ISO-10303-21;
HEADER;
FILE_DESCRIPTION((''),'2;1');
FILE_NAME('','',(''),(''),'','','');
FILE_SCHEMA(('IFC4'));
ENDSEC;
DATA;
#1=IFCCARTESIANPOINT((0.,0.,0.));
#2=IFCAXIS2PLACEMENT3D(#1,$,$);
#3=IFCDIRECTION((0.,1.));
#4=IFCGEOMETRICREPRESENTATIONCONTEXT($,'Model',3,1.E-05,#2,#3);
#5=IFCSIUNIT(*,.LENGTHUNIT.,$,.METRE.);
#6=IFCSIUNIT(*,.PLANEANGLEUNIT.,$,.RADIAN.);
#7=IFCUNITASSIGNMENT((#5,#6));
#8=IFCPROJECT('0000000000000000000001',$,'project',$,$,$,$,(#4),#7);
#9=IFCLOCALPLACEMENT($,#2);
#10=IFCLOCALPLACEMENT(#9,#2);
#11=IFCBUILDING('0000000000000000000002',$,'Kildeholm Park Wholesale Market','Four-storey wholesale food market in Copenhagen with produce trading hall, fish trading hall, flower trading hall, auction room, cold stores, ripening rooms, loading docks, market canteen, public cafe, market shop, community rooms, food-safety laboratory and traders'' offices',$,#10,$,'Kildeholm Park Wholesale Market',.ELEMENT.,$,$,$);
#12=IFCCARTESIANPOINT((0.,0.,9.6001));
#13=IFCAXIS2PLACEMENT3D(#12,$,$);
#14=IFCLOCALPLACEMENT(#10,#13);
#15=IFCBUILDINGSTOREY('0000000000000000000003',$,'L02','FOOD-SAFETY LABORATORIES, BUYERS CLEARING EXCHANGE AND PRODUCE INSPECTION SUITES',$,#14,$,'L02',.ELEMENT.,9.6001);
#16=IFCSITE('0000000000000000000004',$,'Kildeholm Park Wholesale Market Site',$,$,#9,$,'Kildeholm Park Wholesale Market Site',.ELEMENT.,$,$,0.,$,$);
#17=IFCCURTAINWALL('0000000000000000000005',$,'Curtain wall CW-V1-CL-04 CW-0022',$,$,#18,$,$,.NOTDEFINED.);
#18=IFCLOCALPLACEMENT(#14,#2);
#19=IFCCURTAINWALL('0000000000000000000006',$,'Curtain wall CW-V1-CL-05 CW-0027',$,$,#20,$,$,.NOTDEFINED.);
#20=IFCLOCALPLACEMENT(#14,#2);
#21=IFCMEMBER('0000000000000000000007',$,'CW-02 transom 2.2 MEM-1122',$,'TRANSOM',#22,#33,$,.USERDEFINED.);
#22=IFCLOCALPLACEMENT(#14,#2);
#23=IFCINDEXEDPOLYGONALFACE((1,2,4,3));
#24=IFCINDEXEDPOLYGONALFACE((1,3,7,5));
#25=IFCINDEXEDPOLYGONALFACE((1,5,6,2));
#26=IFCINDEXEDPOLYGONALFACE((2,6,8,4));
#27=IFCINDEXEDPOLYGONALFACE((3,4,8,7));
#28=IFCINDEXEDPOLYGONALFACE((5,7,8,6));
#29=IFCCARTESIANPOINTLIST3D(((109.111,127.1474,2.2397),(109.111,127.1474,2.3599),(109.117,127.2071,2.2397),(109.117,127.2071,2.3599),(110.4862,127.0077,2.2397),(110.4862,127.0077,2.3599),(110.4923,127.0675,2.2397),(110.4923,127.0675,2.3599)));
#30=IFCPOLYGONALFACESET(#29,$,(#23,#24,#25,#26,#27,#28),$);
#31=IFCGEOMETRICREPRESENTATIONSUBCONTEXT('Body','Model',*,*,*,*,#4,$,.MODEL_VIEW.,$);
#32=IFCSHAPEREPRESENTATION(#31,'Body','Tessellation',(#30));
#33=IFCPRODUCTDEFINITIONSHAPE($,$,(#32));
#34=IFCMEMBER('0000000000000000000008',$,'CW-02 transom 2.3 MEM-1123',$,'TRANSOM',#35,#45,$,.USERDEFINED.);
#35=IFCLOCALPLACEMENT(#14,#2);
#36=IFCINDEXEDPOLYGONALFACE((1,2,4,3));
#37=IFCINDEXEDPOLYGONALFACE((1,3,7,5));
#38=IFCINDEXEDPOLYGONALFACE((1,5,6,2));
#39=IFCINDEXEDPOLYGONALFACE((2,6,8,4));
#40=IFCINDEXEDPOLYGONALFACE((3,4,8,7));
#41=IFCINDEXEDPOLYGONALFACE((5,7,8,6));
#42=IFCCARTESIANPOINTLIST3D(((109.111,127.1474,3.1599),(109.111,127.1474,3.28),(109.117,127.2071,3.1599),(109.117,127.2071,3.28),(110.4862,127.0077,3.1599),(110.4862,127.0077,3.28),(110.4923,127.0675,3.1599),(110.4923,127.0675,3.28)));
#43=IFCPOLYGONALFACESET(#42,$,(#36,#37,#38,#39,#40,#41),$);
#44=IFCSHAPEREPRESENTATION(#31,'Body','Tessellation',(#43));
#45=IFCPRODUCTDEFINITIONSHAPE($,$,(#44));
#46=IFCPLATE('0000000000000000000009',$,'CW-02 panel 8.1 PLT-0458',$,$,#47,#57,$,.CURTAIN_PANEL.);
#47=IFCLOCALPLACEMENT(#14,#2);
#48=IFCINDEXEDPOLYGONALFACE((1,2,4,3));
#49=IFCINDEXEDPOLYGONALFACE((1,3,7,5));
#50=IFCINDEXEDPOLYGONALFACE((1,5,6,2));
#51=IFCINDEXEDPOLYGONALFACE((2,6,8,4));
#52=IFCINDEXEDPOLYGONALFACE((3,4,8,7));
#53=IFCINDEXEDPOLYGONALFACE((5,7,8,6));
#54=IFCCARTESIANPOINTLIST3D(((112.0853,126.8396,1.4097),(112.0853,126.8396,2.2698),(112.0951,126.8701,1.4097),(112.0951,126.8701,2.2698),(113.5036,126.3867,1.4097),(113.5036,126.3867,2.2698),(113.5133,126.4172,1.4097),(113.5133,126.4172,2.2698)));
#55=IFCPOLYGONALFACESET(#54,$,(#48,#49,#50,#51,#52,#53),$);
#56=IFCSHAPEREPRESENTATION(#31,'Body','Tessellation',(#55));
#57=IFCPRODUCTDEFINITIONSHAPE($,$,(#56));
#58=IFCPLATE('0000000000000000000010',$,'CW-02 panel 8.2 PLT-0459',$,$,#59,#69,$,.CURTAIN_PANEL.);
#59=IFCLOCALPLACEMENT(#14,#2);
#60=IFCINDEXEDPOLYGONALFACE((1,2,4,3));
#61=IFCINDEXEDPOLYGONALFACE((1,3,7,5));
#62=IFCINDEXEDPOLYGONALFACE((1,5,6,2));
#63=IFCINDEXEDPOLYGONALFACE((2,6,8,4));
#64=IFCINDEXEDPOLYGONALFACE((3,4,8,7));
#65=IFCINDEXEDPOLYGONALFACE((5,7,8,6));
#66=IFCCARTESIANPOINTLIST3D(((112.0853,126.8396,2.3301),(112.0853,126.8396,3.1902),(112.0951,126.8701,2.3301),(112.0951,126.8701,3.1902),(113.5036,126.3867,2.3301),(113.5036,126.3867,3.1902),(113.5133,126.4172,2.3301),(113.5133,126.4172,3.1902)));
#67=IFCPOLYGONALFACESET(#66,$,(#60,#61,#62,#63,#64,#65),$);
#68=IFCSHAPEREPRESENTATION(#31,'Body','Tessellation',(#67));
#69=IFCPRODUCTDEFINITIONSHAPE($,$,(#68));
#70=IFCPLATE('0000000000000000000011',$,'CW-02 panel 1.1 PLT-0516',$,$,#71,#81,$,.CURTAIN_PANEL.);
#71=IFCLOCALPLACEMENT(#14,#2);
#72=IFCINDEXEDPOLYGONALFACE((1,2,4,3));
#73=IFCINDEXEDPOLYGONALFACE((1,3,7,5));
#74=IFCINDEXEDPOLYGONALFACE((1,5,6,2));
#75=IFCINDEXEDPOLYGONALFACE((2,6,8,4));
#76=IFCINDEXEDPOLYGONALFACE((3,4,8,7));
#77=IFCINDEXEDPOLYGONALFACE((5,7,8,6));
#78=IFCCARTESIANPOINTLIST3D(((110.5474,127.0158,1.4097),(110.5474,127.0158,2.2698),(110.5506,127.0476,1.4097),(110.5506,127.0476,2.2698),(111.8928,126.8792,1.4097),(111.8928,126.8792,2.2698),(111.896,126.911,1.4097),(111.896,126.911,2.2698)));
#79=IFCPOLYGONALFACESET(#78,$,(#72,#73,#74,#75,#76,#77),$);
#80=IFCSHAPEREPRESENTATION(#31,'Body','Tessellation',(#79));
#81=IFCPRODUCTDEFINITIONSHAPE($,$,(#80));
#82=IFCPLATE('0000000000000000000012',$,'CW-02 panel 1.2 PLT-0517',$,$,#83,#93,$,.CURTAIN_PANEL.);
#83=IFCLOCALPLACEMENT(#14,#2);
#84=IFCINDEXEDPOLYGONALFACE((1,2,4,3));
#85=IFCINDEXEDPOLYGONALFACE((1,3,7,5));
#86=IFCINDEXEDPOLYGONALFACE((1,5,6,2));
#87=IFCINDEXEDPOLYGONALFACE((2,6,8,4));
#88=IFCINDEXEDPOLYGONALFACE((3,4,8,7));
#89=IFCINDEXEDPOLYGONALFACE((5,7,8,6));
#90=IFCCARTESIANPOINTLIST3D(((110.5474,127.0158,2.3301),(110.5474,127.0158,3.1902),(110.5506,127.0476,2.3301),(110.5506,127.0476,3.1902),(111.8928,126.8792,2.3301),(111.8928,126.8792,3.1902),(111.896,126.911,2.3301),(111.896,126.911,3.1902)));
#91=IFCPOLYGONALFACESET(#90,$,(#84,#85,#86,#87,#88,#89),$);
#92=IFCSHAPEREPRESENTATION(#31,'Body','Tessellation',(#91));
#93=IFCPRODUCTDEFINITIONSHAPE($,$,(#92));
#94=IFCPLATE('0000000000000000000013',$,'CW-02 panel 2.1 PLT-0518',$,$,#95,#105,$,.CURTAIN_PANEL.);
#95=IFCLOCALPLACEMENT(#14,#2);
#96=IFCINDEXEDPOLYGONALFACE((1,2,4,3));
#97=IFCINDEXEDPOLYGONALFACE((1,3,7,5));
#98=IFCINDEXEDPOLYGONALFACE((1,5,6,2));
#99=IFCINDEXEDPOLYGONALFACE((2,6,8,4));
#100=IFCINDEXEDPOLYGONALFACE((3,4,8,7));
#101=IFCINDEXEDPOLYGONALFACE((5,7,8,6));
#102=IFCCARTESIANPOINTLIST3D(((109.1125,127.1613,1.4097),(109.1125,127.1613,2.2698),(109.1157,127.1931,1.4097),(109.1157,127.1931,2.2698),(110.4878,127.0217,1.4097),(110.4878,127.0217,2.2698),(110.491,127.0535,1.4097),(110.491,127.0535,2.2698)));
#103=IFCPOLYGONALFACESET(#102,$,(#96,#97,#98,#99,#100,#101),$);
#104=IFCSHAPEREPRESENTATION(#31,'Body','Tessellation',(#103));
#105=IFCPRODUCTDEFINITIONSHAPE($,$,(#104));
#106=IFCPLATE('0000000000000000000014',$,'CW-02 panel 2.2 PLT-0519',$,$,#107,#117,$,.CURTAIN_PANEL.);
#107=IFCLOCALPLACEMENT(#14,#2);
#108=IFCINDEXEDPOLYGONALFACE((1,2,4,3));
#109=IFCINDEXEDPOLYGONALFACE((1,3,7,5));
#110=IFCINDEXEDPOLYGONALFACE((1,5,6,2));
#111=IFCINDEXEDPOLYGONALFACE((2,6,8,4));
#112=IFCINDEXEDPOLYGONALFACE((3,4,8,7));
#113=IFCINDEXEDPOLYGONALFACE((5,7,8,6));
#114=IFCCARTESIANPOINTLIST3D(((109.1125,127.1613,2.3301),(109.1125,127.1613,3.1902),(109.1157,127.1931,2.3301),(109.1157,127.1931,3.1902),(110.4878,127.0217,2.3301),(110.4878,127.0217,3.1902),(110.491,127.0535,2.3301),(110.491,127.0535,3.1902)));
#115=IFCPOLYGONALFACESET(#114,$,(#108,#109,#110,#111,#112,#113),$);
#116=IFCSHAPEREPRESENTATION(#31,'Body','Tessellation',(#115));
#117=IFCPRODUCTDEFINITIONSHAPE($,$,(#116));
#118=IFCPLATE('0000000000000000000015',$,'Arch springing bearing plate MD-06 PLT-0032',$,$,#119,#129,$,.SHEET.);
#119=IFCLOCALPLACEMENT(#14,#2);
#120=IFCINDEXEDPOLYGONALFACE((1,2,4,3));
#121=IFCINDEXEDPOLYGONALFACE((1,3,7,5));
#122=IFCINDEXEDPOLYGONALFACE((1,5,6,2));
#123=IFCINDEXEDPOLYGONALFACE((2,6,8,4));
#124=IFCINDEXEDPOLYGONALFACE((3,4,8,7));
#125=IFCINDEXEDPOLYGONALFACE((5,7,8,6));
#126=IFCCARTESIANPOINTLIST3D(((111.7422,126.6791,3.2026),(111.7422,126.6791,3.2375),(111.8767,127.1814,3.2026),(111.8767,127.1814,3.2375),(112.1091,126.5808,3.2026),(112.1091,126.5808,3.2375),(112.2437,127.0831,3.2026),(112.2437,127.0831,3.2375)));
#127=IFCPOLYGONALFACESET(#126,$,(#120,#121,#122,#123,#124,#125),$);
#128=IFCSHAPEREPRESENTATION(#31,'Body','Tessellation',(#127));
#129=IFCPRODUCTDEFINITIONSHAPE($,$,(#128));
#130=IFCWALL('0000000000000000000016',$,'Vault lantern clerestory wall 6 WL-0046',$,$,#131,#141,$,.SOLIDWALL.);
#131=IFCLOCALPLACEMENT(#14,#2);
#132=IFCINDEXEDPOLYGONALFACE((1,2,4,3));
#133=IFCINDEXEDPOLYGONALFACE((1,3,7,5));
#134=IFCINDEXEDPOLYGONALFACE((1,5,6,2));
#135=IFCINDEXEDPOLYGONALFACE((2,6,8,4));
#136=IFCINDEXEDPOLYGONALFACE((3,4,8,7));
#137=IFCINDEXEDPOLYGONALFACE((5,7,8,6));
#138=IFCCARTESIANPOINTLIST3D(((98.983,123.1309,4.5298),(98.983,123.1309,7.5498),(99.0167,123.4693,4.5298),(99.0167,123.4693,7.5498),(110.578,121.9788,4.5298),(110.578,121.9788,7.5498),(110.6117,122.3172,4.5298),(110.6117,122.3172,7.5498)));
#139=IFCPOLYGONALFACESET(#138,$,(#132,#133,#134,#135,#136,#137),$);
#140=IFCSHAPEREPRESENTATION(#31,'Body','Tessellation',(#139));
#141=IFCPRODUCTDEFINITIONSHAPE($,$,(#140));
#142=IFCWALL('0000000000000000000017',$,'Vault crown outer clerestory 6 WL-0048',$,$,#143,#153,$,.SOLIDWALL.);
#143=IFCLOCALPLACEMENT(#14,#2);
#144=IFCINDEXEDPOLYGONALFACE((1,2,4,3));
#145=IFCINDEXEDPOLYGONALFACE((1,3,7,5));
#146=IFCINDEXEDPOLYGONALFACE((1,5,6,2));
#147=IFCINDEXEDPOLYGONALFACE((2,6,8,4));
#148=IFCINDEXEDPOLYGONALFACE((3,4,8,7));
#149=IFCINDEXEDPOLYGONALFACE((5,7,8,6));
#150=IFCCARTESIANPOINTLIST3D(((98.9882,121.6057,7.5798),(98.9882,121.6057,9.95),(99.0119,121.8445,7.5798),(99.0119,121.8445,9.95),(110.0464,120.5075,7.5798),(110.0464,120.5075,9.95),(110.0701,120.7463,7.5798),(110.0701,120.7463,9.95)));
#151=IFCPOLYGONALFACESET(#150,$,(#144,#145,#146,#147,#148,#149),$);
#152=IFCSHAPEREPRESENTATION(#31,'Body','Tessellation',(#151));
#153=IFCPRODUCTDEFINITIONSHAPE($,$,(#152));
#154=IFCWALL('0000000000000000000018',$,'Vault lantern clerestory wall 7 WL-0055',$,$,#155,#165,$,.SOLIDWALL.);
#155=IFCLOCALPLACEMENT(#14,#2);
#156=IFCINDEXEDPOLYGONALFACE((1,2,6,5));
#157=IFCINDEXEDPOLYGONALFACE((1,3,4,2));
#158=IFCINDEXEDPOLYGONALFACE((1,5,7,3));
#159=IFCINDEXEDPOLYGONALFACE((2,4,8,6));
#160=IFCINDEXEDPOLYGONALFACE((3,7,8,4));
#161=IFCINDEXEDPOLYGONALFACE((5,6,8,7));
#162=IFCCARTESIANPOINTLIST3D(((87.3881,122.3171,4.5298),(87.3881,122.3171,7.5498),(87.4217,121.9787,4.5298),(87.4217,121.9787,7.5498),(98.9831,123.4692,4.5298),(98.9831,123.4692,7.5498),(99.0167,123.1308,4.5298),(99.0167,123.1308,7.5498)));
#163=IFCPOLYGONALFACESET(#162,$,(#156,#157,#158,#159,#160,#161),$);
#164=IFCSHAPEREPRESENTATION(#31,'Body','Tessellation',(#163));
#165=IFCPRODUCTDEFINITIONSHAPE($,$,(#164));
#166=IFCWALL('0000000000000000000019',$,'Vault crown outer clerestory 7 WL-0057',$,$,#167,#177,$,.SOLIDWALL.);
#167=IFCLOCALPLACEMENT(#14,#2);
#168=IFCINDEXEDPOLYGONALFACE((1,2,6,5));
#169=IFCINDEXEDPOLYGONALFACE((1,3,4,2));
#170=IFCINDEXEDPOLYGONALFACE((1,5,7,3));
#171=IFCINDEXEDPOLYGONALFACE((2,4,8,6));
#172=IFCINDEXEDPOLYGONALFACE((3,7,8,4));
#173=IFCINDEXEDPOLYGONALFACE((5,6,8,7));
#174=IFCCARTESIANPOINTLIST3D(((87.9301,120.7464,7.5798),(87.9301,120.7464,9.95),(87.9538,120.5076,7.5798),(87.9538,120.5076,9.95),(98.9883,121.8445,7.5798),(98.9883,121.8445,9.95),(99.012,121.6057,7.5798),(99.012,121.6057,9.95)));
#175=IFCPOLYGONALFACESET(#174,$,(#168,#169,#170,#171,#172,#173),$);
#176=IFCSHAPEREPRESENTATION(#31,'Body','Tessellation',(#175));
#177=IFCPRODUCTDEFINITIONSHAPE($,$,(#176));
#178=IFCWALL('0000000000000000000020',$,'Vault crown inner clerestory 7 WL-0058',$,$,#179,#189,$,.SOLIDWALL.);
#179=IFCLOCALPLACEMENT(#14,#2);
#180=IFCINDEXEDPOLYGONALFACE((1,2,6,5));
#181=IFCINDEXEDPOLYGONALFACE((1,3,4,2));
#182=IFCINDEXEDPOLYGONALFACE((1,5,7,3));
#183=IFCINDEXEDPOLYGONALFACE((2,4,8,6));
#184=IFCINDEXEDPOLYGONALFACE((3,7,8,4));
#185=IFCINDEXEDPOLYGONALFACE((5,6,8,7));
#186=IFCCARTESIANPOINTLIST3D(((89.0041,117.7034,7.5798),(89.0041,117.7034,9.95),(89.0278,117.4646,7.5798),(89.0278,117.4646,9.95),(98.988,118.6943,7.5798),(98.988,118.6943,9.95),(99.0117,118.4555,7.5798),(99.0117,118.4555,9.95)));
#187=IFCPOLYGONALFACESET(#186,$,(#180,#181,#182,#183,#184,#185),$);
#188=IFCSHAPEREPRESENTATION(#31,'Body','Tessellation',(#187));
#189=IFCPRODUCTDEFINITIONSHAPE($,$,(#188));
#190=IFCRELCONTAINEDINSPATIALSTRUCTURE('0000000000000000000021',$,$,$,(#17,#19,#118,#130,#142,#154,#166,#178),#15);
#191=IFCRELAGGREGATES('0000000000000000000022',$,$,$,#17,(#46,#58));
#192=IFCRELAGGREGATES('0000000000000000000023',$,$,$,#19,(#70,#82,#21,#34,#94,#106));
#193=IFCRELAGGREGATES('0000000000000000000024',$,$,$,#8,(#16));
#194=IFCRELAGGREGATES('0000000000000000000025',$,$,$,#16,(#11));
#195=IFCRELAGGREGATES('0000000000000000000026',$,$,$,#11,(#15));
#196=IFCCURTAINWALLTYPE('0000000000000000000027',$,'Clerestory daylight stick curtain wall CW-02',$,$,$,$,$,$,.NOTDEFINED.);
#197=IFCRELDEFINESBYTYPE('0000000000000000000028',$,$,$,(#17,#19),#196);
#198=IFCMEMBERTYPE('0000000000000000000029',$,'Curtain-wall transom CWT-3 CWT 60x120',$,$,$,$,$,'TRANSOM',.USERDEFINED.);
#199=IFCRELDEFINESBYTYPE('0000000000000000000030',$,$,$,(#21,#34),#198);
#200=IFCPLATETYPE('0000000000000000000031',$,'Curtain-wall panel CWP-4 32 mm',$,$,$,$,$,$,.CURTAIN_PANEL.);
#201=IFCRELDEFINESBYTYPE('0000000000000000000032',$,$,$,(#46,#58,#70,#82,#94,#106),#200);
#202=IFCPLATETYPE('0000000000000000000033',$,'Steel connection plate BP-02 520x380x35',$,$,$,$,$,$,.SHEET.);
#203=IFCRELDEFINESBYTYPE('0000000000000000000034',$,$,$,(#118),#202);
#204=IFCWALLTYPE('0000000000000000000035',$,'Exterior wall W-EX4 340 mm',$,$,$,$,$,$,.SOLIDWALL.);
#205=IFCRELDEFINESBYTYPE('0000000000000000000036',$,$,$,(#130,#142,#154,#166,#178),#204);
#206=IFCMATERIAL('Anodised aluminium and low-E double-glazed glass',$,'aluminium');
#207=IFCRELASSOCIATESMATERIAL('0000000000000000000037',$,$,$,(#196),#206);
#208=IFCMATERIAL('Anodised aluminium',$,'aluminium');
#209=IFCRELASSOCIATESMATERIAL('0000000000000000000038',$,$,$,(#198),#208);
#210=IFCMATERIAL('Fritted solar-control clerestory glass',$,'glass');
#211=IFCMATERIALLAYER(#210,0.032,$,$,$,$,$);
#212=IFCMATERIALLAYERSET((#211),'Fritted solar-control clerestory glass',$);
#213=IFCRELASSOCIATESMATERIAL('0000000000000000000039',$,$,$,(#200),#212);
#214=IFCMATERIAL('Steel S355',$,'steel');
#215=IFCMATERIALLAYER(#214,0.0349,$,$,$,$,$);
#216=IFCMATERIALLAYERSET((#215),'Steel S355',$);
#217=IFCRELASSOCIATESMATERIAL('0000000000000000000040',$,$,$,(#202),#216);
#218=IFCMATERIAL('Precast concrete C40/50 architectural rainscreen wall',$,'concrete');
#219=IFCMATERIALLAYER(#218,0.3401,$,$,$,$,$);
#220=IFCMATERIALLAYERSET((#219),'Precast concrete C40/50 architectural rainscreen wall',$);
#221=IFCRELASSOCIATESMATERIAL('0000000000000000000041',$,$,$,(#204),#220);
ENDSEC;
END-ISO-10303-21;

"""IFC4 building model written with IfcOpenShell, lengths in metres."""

from ifc_helpers import new_model, si_unit, direction, frame, frame_2d, origin, origin_2d, place, context, subcontext, project, spatial, rectangle, extrude, material, layer, layer_set, material_profile, profile_set, type_object, element, aggregate, save


model = new_model("IFC4")

# Units and contexts
model_context = context("Model", 3, precision=1e-05, world=origin(), true_north=direction((0.0, 1.0)))
body_context = subcontext(model_context, "Body", "Model", "MODEL_VIEW")
ifc_project = project(units=[si_unit("LENGTHUNIT", "METRE"), si_unit("PLANEANGLEUNIT", "RADIAN")], contexts=[model_context])

# Site, building, storey
site_placement = place(None, origin())
site = spatial("IfcSite", under=ifc_project, at=site_placement, Name="Kildeholm Park Wholesale Market Site", LongName="Kildeholm Park Wholesale Market Site", CompositionType="ELEMENT", RefElevation=0.0)
building_placement = place(site_placement, origin())
building = spatial("IfcBuilding", under=site, at=building_placement, Name="Kildeholm Park Wholesale Market", Description="Four-storey wholesale food market in Copenhagen with produce trading hall, fish trading hall, flower trading hall, auction room, cold stores, ripening rooms, loading docks, market canteen, public cafe, market shop, community rooms, food-safety laboratory and traders' offices", LongName="Kildeholm Park Wholesale Market", CompositionType="ELEMENT")
storey_placement = place(building_placement, frame((0.0, 0.0, 9.6001)))
storey = spatial("IfcBuildingStorey", under=building, at=storey_placement, Name="L02", Description="FOOD-SAFETY LABORATORIES, BUYERS CLEARING EXCHANGE AND PRODUCE INSPECTION SUITES", LongName="L02", CompositionType="ELEMENT", Elevation=9.6001)

# Shared definitions
ifc_material_1 = material(Name="Steel S355", Category="steel")

# Curtain wall
ifc_material_2 = material(Name="Anodised aluminium and low-E double-glazed glass", Category="aluminium")
curtain_wall_type = type_object("IfcCurtainWallType", Name="Clerestory daylight stick curtain wall CW-02", PredefinedType="NOTDEFINED", material=ifc_material_2)
curtain_wall_1_placement = place(storey_placement, origin())
curtain_wall_1 = element("IfcCurtainWall", 1, at=curtain_wall_1_placement, inside=storey, type_object=curtain_wall_type, Name="Curtain wall CW-V1-CL-04 CW-0022", PredefinedType="NOTDEFINED")
ifc_material_3 = material(Name="Anodised aluminium", Category="aluminium")

# Curtain wall
curtain_wall_2_placement = place(storey_placement, origin())
curtain_wall_2 = element("IfcCurtainWall", 2, at=curtain_wall_2_placement, inside=storey, type_object=curtain_wall_type, Name="Curtain wall CW-V1-CL-05 CW-0027", PredefinedType="NOTDEFINED")

# Members
ifc_material_profile_1 = material_profile(ifc_material_3, rectangle(XDim=0.0601, YDim=0.1201, at=origin_2d()), Name="CWT 60x120")
ifc_profile_set_1 = profile_set([ifc_material_profile_1], Name="Anodised aluminium")
member_type_1 = type_object("IfcMemberType", Name="Curtain-wall transom CWT-3 CWT 60x120", ElementType="TRANSOM", PredefinedType="USERDEFINED", material=ifc_profile_set_1)
member_1_placement = place(storey_placement, frame((110.4893, 127.0376, 2.2998), z_axis=(-0.994884, 0.101025, 0.0), x_axis=(-0.101025, -0.994884, 0.0)))
member_1 = element("IfcMember", 3, at=member_1_placement, type_object=member_type_1, Name="CW-02 transom 2.2 MEM-1122", ObjectType="TRANSOM", PredefinedType="USERDEFINED", context=body_context, shape_type="SweptSolid", body=[
    extrude(rectangle(XDim=0.0601, YDim=0.1201, at=origin_2d()), origin(), (0.0, 0.0, 1.0), 1.3823),
])
member_2_placement = place(storey_placement, frame((110.4893, 127.0376, 3.22), z_axis=(-0.994884, 0.101025, 0.0), x_axis=(-0.101025, -0.994884, 0.0)))
member_2 = element("IfcMember", 4, at=member_2_placement, type_object=member_type_1, Name="CW-02 transom 2.3 MEM-1123", ObjectType="TRANSOM", PredefinedType="USERDEFINED", context=body_context, shape_type="SweptSolid", body=[
    extrude(rectangle(XDim=0.0601, YDim=0.1201, at=origin_2d()), origin(), (0.0, 0.0, 1.0), 1.3823),
])

# Plates
ifc_material_4 = material(Name="Fritted solar-control clerestory glass", Category="glass")
ifc_layer_1 = layer(ifc_material_4, 0.032)
ifc_layer_set_1 = layer_set([ifc_layer_1], Name="Fritted solar-control clerestory glass")
plate_type_1 = type_object("IfcPlateType", Name="Curtain-wall panel CWP-4 32 mm", PredefinedType="CURTAIN_PANEL", material=ifc_layer_set_1)
plate_1_placement = place(storey_placement, frame((112.7993, 126.6284, 1.4097), z_axis=(0.0, 0.0, 1.0), x_axis=(-0.952606, 0.304207, 0.0)))
plate_1 = element("IfcPlate", 5, at=plate_1_placement, type_object=plate_type_1, Name="CW-02 panel 8.1 PLT-0458", PredefinedType="CURTAIN_PANEL", context=body_context, shape_type="SweptSolid", body=[
    extrude(rectangle(XDim=1.4888, YDim=0.032, at=origin_2d()), origin(), (0.0, 0.0, 1.0), 0.8601),
])
plate_2_placement = place(storey_placement, frame((112.7993, 126.6284, 2.3301), z_axis=(0.0, 0.0, 1.0), x_axis=(-0.952606, 0.304207, 0.0)))
plate_2 = element("IfcPlate", 6, at=plate_2_placement, type_object=plate_type_1, Name="CW-02 panel 8.2 PLT-0459", PredefinedType="CURTAIN_PANEL", context=body_context, shape_type="SweptSolid", body=[
    extrude(rectangle(XDim=1.4888, YDim=0.032, at=origin_2d()), origin(), (0.0, 0.0, 1.0), 0.8601),
])
aggregate(curtain_wall_1, [plate_1, plate_2])
plate_3_placement = place(storey_placement, frame((111.2217, 126.9634, 1.4097), z_axis=(0.0, 0.0, 1.0), x_axis=(-0.994887, 0.100999, 0.0)))
plate_3 = element("IfcPlate", 7, at=plate_3_placement, type_object=plate_type_1, Name="CW-02 panel 1.1 PLT-0516", PredefinedType="CURTAIN_PANEL", context=body_context, shape_type="SweptSolid", body=[
    extrude(rectangle(XDim=1.3523, YDim=0.032, at=origin_2d()), origin(), (0.0, 0.0, 1.0), 0.8601),
])
plate_4_placement = place(storey_placement, frame((111.2217, 126.9634, 2.3301), z_axis=(0.0, 0.0, 1.0), x_axis=(-0.994887, 0.100999, 0.0)))
plate_4 = element("IfcPlate", 8, at=plate_4_placement, type_object=plate_type_1, Name="CW-02 panel 1.2 PLT-0517", PredefinedType="CURTAIN_PANEL", context=body_context, shape_type="SweptSolid", body=[
    extrude(rectangle(XDim=1.3523, YDim=0.032, at=origin_2d()), origin(), (0.0, 0.0, 1.0), 0.8601),
])
plate_5_placement = place(storey_placement, frame((109.8018, 127.1074, 1.4097), z_axis=(0.0, 0.0, 1.0), x_axis=(-0.994887, 0.100999, 0.0)))
plate_5 = element("IfcPlate", 9, at=plate_5_placement, type_object=plate_type_1, Name="CW-02 panel 2.1 PLT-0518", PredefinedType="CURTAIN_PANEL", context=body_context, shape_type="SweptSolid", body=[
    extrude(rectangle(XDim=1.3823, YDim=0.032, at=origin_2d()), origin(), (0.0, 0.0, 1.0), 0.8601),
])
plate_6_placement = place(storey_placement, frame((109.8018, 127.1074, 2.3301), z_axis=(0.0, 0.0, 1.0), x_axis=(-0.994887, 0.100999, 0.0)))
plate_6 = element("IfcPlate", 10, at=plate_6_placement, type_object=plate_type_1, Name="CW-02 panel 2.2 PLT-0519", PredefinedType="CURTAIN_PANEL", context=body_context, shape_type="SweptSolid", body=[
    extrude(rectangle(XDim=1.3823, YDim=0.032, at=origin_2d()), origin(), (0.0, 0.0, 1.0), 0.8601),
])
aggregate(curtain_wall_2, [plate_3, plate_4, member_1, member_2, plate_5, plate_6])
ifc_layer_2 = layer(ifc_material_1, 0.0349)
ifc_layer_set_2 = layer_set([ifc_layer_2], Name="Steel S355")
plate_type_2 = type_object("IfcPlateType", Name="Steel connection plate BP-02 520x380x35", PredefinedType="SHEET", material=ifc_layer_set_2)
plate_7_placement = place(storey_placement, frame((111.9929, 126.8811, 3.2026), z_axis=(0.0, 0.0, 1.0), x_axis=(0.258819, 0.965926, 0.0)))
element("IfcPlate", 11, at=plate_7_placement, inside=storey, type_object=plate_type_2, Name="Arch springing bearing plate MD-06 PLT-0032", PredefinedType="SHEET", context=body_context, shape_type="SweptSolid", body=[
    extrude(rectangle(XDim=0.52, YDim=0.3799, at=origin_2d()), origin(), (0.0, 0.0, 1.0), 0.0349),
])

# Walls
ifc_material_5 = material(Name="Precast concrete C40/50 architectural rainscreen wall", Category="concrete")
ifc_layer_3 = layer(ifc_material_5, 0.3401)
ifc_layer_set_3 = layer_set([ifc_layer_3], Name="Precast concrete C40/50 architectural rainscreen wall")
wall_type = type_object("IfcWallType", Name="Exterior wall W-EX4 340 mm", PredefinedType="SOLIDWALL", material=ifc_layer_set_3)
wall_1_placement = place(storey_placement, frame((110.595, 122.1479, 4.5298), z_axis=(0.0, 0.0, 1.0), x_axis=(-0.9951, 0.098875, 0.0)))
element("IfcWall", 12, at=wall_1_placement, inside=storey, type_object=wall_type, Name="Vault lantern clerestory wall 6 WL-0046", PredefinedType="SOLIDWALL", context=body_context, shape_type="SweptSolid", body=[
    extrude(rectangle(XDim=11.6521, YDim=0.3401, at=frame_2d((5.8262, 0.0))), origin(), (0.0, 0.0, 1.0), 3.02),
])
wall_2_placement = place(storey_placement, frame((110.0581, 120.627, 7.5798), z_axis=(0.0, 0.0, 1.0), x_axis=(-0.995105, 0.098821, 0.0)))
element("IfcWall", 13, at=wall_2_placement, inside=storey, type_object=wall_type, Name="Vault crown outer clerestory 6 WL-0048", PredefinedType="SOLIDWALL", context=body_context, shape_type="SweptSolid", body=[
    extrude(rectangle(XDim=11.1125, YDim=0.24, at=frame_2d((5.5562, 0.0))), origin(), (0.0, 0.0, 1.0), 2.3701),
])
wall_3_placement = place(storey_placement, frame((99.0, 123.3, 4.5298), z_axis=(0.0, 0.0, 1.0), x_axis=(-0.9951, -0.098875, 0.0)))
element("IfcWall", 14, at=wall_3_placement, inside=storey, type_object=wall_type, Name="Vault lantern clerestory wall 7 WL-0055", PredefinedType="SOLIDWALL", context=body_context, shape_type="SweptSolid", body=[
    extrude(rectangle(XDim=11.6521, YDim=0.3401, at=frame_2d((5.8262, 0.0))), origin(), (0.0, 0.0, 1.0), 3.02),
])
wall_4_placement = place(storey_placement, frame((99.0, 121.7251, 7.5798), z_axis=(0.0, 0.0, 1.0), x_axis=(-0.995105, -0.098821, 0.0)))
element("IfcWall", 15, at=wall_4_placement, inside=storey, type_object=wall_type, Name="Vault crown outer clerestory 7 WL-0057", PredefinedType="SOLIDWALL", context=body_context, shape_type="SweptSolid", body=[
    extrude(rectangle(XDim=11.1125, YDim=0.24, at=frame_2d((5.5562, 0.0))), origin(), (0.0, 0.0, 1.0), 2.3701),
])
wall_5_placement = place(storey_placement, frame((99.0, 118.575, 7.5798), z_axis=(0.0, 0.0, 1.0), x_axis=(-0.99511, -0.098771, 0.0)))
element("IfcWall", 16, at=wall_5_placement, inside=storey, type_object=wall_type, Name="Vault crown inner clerestory 7 WL-0058", PredefinedType="SOLIDWALL", context=body_context, shape_type="SweptSolid", body=[
    extrude(rectangle(XDim=10.033, YDim=0.24, at=frame_2d((5.0166, 0.0))), origin(), (0.0, 0.0, 1.0), 2.3701),
])

save(model, "model.ifc")
